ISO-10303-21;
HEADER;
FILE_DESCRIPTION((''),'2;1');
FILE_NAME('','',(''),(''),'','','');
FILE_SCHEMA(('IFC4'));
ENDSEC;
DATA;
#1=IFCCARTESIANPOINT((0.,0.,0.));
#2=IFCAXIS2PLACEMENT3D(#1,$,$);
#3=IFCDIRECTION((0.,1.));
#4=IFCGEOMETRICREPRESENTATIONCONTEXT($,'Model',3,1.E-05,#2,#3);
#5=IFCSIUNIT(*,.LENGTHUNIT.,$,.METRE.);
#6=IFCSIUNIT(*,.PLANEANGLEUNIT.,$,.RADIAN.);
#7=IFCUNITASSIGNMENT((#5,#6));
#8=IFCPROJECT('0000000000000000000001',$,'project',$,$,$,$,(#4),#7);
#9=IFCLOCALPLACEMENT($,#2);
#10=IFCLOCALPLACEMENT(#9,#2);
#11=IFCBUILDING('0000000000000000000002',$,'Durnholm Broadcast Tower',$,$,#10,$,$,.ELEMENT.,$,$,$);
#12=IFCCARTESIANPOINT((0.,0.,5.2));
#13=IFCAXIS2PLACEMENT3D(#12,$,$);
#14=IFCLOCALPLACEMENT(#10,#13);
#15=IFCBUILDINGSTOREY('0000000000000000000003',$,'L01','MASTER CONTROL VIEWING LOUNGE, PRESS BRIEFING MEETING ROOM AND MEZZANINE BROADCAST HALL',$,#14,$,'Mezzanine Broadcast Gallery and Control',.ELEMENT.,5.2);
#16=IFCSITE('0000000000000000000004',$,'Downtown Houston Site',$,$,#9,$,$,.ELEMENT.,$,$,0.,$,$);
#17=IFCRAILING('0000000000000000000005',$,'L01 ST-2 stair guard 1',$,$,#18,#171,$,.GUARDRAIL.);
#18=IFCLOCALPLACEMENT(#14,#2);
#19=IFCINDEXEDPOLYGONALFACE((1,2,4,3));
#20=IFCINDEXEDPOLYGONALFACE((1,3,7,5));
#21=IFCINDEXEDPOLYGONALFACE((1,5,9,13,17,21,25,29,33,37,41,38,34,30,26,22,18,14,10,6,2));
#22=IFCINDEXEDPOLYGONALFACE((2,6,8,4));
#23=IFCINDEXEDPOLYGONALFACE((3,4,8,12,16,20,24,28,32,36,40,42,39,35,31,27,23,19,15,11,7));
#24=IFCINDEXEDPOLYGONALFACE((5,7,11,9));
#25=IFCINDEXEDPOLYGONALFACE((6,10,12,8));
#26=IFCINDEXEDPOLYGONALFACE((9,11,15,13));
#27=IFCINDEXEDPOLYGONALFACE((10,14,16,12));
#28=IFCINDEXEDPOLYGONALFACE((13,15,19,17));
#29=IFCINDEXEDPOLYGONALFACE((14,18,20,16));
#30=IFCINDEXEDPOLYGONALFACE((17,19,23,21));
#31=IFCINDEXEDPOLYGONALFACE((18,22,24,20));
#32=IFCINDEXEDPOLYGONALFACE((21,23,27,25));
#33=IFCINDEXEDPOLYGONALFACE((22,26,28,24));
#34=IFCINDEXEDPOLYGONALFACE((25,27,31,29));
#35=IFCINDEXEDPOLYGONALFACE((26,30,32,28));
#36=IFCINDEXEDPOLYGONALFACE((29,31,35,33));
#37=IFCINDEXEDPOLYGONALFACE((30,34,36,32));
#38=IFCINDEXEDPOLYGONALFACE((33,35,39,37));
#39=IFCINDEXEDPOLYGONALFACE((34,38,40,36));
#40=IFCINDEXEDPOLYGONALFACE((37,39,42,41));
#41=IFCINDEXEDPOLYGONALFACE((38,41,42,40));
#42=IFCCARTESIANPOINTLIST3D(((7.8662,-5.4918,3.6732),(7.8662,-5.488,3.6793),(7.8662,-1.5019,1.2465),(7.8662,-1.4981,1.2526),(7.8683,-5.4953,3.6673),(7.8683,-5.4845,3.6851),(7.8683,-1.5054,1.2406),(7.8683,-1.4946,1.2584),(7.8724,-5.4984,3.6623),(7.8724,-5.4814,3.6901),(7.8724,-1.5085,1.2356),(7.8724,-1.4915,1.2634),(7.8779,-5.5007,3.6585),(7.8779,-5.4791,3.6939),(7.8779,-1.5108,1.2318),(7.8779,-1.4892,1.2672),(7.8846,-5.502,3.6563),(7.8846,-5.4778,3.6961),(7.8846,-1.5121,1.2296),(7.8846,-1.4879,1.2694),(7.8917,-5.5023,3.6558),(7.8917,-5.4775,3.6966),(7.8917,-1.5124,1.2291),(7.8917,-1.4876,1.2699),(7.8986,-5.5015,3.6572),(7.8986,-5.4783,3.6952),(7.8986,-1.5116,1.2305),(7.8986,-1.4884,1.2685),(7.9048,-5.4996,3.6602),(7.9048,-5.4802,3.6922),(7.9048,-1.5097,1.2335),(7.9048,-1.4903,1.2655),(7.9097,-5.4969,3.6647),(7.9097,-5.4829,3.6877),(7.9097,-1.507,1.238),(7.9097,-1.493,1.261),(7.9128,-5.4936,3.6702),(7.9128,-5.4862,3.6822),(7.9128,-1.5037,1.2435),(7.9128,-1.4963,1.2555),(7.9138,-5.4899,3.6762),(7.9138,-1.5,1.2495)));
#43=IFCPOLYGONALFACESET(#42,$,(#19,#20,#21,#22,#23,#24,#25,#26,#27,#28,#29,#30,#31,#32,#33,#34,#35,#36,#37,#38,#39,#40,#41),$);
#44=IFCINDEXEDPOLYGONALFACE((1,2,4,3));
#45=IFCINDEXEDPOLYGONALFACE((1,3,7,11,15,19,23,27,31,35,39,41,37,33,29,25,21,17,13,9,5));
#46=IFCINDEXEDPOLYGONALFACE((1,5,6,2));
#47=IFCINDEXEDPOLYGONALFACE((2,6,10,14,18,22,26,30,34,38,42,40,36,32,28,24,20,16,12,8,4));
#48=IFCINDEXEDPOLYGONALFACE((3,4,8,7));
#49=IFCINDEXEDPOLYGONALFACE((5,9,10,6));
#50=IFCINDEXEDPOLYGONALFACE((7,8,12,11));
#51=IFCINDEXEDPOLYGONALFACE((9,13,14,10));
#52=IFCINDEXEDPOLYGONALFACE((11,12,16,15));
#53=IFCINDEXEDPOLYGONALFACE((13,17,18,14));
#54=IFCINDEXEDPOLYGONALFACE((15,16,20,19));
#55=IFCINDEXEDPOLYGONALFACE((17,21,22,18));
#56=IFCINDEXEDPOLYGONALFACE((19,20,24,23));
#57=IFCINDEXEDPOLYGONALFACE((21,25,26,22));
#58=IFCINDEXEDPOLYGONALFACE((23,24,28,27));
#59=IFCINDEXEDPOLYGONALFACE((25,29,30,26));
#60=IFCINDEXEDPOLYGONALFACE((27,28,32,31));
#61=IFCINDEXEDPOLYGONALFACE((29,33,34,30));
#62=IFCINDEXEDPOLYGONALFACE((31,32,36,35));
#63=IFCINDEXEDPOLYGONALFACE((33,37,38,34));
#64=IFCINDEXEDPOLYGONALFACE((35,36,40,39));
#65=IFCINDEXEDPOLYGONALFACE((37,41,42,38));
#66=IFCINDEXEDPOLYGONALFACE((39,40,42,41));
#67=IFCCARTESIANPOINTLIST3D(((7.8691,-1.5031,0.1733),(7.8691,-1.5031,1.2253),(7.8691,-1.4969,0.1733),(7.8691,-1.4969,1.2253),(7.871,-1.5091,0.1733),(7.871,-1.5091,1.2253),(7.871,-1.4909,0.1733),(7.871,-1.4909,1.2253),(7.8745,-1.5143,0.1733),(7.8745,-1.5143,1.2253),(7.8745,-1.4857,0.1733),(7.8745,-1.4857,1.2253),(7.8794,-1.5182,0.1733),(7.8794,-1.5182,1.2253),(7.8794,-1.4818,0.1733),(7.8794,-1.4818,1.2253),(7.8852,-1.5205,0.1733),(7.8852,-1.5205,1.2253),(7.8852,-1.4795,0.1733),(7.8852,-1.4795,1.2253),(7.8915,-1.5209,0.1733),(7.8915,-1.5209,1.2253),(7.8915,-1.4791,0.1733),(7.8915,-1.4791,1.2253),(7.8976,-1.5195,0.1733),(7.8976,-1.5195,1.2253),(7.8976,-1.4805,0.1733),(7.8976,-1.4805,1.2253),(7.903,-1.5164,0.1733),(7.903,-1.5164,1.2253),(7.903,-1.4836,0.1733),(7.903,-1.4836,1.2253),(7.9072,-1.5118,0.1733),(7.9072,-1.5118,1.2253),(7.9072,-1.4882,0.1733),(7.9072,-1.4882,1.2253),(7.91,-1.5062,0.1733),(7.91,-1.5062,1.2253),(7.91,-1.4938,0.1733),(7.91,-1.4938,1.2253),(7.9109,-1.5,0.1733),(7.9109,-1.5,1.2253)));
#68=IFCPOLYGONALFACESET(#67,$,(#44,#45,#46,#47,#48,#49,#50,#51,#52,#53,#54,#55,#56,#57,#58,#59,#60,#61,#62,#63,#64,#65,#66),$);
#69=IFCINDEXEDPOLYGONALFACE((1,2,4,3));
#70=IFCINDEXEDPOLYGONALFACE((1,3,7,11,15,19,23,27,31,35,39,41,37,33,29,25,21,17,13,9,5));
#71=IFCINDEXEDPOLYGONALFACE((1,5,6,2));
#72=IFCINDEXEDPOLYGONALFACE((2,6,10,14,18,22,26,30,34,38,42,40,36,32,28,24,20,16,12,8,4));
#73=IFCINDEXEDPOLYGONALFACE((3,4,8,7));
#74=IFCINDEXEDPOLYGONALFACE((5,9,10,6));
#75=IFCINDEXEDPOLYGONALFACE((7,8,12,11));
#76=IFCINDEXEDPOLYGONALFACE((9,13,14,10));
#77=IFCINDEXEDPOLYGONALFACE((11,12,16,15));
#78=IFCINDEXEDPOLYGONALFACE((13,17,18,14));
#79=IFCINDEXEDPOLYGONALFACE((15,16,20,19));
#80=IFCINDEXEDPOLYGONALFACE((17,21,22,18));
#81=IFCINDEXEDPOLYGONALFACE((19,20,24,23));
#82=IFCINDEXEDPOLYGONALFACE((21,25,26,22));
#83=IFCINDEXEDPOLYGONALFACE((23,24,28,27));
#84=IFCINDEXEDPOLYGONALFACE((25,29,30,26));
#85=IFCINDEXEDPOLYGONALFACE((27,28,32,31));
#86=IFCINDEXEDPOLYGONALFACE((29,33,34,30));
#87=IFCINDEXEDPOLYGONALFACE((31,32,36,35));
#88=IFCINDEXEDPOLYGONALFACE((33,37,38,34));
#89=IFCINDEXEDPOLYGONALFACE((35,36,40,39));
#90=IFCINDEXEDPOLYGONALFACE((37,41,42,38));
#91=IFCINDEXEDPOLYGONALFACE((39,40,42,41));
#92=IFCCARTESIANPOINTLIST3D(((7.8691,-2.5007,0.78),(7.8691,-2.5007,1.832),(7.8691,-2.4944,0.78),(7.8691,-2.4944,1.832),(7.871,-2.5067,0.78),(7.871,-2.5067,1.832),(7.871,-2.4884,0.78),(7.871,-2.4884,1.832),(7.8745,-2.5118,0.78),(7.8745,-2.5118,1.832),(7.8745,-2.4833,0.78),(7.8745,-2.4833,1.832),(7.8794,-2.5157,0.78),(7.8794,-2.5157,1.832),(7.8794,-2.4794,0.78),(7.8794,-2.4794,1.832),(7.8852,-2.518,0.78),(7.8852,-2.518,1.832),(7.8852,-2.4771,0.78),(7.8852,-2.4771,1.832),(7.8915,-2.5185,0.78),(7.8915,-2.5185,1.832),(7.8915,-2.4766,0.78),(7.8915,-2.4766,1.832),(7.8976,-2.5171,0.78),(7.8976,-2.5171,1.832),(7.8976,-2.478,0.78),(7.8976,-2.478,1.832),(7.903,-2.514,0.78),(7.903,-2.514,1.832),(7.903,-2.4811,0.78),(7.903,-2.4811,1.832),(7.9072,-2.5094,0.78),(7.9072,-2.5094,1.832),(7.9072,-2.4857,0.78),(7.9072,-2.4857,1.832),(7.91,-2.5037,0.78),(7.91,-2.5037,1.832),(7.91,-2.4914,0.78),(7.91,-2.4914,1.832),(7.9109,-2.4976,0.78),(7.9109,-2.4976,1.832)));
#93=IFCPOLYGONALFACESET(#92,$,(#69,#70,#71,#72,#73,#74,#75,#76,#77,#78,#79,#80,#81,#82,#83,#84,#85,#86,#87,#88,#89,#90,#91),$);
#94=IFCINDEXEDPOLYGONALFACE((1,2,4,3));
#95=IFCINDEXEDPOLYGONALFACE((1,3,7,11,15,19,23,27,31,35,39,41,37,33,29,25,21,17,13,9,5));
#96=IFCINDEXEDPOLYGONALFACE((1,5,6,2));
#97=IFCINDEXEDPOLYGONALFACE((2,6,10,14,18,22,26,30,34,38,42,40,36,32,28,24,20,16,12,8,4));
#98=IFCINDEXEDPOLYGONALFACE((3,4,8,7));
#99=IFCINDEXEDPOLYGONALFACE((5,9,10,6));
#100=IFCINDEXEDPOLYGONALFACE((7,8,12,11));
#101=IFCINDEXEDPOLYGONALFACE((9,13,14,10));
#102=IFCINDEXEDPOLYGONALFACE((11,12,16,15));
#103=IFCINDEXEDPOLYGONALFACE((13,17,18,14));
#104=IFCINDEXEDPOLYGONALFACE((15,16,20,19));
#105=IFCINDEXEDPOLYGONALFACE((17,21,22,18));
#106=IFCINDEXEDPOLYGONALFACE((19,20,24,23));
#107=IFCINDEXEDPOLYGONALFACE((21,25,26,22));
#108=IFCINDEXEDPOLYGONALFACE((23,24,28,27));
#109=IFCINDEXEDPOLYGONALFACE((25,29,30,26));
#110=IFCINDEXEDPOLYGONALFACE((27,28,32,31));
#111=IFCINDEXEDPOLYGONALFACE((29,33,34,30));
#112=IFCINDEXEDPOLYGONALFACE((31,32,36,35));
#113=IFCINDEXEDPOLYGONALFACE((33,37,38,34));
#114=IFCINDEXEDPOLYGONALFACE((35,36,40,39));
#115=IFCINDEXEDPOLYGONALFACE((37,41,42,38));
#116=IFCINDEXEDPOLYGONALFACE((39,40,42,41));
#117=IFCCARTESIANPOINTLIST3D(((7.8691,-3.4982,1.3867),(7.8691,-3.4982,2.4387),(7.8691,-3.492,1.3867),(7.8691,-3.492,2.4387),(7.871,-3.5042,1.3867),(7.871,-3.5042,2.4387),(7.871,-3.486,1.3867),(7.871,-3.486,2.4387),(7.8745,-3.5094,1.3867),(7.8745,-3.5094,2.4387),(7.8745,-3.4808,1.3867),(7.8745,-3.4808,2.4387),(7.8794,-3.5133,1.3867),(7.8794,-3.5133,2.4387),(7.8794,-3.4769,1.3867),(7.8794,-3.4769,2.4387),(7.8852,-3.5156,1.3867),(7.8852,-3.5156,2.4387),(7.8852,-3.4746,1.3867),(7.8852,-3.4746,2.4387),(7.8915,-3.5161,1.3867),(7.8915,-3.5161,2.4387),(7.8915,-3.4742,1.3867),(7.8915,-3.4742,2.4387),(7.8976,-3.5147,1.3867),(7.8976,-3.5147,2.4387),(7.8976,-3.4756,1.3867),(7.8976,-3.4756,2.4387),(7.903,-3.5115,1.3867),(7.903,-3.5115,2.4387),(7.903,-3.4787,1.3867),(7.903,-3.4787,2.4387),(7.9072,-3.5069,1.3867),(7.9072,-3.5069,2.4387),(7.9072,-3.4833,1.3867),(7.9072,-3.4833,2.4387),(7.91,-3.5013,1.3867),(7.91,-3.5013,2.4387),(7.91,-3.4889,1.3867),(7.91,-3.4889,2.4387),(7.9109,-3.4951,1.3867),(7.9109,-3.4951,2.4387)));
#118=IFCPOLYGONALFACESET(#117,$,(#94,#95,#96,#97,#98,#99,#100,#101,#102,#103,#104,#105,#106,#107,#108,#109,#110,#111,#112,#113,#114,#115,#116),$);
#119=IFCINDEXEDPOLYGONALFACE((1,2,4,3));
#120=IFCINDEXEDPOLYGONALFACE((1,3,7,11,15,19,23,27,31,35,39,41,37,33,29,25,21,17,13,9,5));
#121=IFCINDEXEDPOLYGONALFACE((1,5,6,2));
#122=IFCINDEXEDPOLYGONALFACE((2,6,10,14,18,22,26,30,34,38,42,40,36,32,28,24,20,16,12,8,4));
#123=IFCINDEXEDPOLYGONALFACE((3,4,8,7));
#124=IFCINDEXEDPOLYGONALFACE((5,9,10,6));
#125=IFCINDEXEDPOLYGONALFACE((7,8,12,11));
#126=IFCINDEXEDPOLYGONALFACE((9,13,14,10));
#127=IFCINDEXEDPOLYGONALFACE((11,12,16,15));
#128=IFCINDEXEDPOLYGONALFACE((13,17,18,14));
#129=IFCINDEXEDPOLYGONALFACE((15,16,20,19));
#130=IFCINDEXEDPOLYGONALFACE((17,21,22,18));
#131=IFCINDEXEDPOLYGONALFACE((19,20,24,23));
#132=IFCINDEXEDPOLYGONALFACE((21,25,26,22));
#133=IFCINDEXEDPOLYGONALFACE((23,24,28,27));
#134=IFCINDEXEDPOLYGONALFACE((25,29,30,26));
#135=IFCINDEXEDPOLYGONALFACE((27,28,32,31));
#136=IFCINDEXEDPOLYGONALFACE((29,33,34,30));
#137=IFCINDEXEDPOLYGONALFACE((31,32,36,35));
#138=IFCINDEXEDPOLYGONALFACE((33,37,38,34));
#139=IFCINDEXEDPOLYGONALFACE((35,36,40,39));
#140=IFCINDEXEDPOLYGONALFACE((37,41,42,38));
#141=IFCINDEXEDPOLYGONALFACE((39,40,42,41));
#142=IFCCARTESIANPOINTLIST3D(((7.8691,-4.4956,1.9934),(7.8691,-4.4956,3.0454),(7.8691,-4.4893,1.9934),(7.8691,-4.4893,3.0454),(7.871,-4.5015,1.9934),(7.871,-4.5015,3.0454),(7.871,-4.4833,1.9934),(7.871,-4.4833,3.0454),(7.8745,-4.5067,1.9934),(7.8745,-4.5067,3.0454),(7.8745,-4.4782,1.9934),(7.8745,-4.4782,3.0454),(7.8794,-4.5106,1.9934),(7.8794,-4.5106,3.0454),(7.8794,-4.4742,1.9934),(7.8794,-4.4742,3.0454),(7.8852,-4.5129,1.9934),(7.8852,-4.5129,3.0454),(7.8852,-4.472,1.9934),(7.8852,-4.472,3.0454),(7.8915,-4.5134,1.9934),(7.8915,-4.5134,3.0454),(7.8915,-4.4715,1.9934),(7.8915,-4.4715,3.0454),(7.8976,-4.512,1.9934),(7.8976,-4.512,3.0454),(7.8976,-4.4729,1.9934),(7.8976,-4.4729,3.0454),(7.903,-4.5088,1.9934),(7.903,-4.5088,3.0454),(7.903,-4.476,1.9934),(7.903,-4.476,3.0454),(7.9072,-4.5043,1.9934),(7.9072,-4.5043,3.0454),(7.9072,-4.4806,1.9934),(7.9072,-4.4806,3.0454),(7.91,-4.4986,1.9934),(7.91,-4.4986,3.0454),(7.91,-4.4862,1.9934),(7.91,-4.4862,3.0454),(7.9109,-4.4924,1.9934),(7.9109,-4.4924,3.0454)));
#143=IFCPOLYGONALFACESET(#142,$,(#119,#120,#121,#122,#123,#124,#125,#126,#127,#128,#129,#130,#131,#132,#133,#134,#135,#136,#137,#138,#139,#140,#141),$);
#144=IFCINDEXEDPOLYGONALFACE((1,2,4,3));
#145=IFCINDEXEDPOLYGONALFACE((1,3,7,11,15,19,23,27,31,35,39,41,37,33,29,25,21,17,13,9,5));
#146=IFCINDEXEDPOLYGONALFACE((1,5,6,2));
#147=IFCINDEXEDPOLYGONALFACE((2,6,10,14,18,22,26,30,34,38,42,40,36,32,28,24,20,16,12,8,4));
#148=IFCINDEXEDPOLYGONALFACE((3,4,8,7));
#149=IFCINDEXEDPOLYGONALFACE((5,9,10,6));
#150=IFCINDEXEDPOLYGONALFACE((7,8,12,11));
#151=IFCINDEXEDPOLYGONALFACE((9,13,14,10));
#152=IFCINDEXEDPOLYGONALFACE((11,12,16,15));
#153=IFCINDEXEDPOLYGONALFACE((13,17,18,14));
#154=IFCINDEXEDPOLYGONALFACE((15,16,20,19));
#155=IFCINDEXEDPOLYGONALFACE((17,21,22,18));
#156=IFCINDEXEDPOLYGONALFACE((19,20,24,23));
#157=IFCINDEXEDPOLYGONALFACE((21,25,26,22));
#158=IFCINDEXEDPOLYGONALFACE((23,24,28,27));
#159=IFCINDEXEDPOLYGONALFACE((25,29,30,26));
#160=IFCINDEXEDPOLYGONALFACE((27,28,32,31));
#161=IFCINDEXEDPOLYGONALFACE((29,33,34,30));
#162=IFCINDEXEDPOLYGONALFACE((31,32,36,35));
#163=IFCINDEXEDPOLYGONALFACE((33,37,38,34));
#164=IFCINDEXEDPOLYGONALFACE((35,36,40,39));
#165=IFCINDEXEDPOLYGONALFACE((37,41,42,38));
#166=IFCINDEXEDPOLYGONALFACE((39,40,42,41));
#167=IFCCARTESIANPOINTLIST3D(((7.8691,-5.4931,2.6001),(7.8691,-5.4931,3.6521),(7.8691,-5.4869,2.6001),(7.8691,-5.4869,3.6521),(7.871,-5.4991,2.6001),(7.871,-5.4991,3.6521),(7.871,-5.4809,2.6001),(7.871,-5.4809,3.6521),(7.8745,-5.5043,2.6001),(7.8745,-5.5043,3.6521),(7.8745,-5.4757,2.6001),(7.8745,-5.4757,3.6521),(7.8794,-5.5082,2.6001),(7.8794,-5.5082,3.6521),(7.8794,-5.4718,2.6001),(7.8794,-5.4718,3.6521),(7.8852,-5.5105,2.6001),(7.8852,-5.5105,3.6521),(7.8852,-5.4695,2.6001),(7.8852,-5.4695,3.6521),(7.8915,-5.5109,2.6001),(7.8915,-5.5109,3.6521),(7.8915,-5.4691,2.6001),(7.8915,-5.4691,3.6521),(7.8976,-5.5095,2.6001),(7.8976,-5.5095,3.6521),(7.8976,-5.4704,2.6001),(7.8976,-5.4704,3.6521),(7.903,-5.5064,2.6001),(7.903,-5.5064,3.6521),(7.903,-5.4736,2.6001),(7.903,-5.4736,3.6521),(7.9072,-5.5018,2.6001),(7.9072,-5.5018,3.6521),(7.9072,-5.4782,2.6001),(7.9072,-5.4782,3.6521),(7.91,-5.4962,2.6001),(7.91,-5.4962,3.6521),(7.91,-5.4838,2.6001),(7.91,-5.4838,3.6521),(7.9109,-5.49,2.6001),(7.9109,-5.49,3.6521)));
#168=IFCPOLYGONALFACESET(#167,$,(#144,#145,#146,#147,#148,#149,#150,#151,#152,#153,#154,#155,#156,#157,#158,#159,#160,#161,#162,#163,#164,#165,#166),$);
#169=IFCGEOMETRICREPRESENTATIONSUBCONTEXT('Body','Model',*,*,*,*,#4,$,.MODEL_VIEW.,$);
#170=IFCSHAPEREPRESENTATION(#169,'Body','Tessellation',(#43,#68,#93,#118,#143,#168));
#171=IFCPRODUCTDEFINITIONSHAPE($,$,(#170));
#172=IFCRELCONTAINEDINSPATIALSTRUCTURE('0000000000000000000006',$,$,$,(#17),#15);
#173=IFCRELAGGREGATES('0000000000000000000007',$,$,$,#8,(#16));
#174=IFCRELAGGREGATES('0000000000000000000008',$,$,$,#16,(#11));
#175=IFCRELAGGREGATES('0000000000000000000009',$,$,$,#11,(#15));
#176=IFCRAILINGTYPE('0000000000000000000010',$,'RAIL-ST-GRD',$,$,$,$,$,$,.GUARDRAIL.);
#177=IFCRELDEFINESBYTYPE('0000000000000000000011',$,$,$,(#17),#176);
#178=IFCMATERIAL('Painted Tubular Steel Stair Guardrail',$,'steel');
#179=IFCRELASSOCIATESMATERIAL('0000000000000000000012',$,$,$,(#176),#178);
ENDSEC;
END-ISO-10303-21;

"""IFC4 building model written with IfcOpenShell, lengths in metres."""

from ifc_helpers import new_model, si_unit, direction, frame, origin, origin_2d, place, context, subcontext, project, spatial, circle, extrude, material, type_object, element, save


model = new_model("IFC4")

# Units and contexts
model_context = context("Model", 3, precision=1e-05, world=origin(), true_north=direction((0.0, 1.0)))
body_context = subcontext(model_context, "Body", "Model", "MODEL_VIEW")
ifc_project = project(units=[si_unit("LENGTHUNIT", "METRE"), si_unit("PLANEANGLEUNIT", "RADIAN")], contexts=[model_context])

# Site, building, storey
site_placement = place(None, origin())
site = spatial("IfcSite", under=ifc_project, at=site_placement, Name="Downtown Houston Site", CompositionType="ELEMENT", RefElevation=0.0)
building_placement = place(site_placement, origin())
building = spatial("IfcBuilding", under=site, at=building_placement, Name="Durnholm Broadcast Tower", CompositionType="ELEMENT")
storey_placement = place(building_placement, frame((0.0, 0.0, 5.2)))
storey = spatial("IfcBuildingStorey", under=building, at=storey_placement, Name="L01", Description="MASTER CONTROL VIEWING LOUNGE, PRESS BRIEFING MEETING ROOM AND MEZZANINE BROADCAST HALL", LongName="Mezzanine Broadcast Gallery and Control", CompositionType="ELEMENT", Elevation=5.2)

# Railing
ifc_material_1 = material(Name="Painted Tubular Steel Stair Guardrail", Category="steel")
railing_type_1 = type_object("IfcRailingType", Name="RAIL-ST-GRD", PredefinedType="GUARDRAIL", material=ifc_material_1)
railing_1_placement = place(storey_placement, frame((7.8899, -1.5, 0.1733)))
element("IfcRailing", 1, at=railing_1_placement, inside=storey, type_object=railing_type_1, Name="L01 ST-2 stair guard 1", PredefinedType="GUARDRAIL", context=body_context, shape_type="SweptSolid", body=[
    extrude(circle(Radius=0.0239, at=origin_2d()), frame((0.0, 0.0, 1.0762), z_axis=(0.0, -0.854382, 0.519645), x_axis=(1.0, 0.0, 0.0)), (0.0, 0.0, 1.0), 4.6699),
    extrude(circle(Radius=0.021, at=origin_2d()), origin(), (0.0, 0.0, 1.0), 1.052),
    extrude(circle(Radius=0.021, at=origin_2d()), frame((0.0, -0.9976, 0.6067)), (0.0, 0.0, 1.0), 1.052),
    extrude(circle(Radius=0.021, at=origin_2d()), frame((0.0, -1.9951, 1.2134)), (0.0, 0.0, 1.0), 1.052),
    extrude(circle(Radius=0.021, at=origin_2d()), frame((0.0, -2.9924, 1.8201)), (0.0, 0.0, 1.0), 1.052),
    extrude(circle(Radius=0.021, at=origin_2d()), frame((0.0, -3.99, 2.4268)), (0.0, 0.0, 1.0), 1.052),
])

save(model, "model.ifc")
